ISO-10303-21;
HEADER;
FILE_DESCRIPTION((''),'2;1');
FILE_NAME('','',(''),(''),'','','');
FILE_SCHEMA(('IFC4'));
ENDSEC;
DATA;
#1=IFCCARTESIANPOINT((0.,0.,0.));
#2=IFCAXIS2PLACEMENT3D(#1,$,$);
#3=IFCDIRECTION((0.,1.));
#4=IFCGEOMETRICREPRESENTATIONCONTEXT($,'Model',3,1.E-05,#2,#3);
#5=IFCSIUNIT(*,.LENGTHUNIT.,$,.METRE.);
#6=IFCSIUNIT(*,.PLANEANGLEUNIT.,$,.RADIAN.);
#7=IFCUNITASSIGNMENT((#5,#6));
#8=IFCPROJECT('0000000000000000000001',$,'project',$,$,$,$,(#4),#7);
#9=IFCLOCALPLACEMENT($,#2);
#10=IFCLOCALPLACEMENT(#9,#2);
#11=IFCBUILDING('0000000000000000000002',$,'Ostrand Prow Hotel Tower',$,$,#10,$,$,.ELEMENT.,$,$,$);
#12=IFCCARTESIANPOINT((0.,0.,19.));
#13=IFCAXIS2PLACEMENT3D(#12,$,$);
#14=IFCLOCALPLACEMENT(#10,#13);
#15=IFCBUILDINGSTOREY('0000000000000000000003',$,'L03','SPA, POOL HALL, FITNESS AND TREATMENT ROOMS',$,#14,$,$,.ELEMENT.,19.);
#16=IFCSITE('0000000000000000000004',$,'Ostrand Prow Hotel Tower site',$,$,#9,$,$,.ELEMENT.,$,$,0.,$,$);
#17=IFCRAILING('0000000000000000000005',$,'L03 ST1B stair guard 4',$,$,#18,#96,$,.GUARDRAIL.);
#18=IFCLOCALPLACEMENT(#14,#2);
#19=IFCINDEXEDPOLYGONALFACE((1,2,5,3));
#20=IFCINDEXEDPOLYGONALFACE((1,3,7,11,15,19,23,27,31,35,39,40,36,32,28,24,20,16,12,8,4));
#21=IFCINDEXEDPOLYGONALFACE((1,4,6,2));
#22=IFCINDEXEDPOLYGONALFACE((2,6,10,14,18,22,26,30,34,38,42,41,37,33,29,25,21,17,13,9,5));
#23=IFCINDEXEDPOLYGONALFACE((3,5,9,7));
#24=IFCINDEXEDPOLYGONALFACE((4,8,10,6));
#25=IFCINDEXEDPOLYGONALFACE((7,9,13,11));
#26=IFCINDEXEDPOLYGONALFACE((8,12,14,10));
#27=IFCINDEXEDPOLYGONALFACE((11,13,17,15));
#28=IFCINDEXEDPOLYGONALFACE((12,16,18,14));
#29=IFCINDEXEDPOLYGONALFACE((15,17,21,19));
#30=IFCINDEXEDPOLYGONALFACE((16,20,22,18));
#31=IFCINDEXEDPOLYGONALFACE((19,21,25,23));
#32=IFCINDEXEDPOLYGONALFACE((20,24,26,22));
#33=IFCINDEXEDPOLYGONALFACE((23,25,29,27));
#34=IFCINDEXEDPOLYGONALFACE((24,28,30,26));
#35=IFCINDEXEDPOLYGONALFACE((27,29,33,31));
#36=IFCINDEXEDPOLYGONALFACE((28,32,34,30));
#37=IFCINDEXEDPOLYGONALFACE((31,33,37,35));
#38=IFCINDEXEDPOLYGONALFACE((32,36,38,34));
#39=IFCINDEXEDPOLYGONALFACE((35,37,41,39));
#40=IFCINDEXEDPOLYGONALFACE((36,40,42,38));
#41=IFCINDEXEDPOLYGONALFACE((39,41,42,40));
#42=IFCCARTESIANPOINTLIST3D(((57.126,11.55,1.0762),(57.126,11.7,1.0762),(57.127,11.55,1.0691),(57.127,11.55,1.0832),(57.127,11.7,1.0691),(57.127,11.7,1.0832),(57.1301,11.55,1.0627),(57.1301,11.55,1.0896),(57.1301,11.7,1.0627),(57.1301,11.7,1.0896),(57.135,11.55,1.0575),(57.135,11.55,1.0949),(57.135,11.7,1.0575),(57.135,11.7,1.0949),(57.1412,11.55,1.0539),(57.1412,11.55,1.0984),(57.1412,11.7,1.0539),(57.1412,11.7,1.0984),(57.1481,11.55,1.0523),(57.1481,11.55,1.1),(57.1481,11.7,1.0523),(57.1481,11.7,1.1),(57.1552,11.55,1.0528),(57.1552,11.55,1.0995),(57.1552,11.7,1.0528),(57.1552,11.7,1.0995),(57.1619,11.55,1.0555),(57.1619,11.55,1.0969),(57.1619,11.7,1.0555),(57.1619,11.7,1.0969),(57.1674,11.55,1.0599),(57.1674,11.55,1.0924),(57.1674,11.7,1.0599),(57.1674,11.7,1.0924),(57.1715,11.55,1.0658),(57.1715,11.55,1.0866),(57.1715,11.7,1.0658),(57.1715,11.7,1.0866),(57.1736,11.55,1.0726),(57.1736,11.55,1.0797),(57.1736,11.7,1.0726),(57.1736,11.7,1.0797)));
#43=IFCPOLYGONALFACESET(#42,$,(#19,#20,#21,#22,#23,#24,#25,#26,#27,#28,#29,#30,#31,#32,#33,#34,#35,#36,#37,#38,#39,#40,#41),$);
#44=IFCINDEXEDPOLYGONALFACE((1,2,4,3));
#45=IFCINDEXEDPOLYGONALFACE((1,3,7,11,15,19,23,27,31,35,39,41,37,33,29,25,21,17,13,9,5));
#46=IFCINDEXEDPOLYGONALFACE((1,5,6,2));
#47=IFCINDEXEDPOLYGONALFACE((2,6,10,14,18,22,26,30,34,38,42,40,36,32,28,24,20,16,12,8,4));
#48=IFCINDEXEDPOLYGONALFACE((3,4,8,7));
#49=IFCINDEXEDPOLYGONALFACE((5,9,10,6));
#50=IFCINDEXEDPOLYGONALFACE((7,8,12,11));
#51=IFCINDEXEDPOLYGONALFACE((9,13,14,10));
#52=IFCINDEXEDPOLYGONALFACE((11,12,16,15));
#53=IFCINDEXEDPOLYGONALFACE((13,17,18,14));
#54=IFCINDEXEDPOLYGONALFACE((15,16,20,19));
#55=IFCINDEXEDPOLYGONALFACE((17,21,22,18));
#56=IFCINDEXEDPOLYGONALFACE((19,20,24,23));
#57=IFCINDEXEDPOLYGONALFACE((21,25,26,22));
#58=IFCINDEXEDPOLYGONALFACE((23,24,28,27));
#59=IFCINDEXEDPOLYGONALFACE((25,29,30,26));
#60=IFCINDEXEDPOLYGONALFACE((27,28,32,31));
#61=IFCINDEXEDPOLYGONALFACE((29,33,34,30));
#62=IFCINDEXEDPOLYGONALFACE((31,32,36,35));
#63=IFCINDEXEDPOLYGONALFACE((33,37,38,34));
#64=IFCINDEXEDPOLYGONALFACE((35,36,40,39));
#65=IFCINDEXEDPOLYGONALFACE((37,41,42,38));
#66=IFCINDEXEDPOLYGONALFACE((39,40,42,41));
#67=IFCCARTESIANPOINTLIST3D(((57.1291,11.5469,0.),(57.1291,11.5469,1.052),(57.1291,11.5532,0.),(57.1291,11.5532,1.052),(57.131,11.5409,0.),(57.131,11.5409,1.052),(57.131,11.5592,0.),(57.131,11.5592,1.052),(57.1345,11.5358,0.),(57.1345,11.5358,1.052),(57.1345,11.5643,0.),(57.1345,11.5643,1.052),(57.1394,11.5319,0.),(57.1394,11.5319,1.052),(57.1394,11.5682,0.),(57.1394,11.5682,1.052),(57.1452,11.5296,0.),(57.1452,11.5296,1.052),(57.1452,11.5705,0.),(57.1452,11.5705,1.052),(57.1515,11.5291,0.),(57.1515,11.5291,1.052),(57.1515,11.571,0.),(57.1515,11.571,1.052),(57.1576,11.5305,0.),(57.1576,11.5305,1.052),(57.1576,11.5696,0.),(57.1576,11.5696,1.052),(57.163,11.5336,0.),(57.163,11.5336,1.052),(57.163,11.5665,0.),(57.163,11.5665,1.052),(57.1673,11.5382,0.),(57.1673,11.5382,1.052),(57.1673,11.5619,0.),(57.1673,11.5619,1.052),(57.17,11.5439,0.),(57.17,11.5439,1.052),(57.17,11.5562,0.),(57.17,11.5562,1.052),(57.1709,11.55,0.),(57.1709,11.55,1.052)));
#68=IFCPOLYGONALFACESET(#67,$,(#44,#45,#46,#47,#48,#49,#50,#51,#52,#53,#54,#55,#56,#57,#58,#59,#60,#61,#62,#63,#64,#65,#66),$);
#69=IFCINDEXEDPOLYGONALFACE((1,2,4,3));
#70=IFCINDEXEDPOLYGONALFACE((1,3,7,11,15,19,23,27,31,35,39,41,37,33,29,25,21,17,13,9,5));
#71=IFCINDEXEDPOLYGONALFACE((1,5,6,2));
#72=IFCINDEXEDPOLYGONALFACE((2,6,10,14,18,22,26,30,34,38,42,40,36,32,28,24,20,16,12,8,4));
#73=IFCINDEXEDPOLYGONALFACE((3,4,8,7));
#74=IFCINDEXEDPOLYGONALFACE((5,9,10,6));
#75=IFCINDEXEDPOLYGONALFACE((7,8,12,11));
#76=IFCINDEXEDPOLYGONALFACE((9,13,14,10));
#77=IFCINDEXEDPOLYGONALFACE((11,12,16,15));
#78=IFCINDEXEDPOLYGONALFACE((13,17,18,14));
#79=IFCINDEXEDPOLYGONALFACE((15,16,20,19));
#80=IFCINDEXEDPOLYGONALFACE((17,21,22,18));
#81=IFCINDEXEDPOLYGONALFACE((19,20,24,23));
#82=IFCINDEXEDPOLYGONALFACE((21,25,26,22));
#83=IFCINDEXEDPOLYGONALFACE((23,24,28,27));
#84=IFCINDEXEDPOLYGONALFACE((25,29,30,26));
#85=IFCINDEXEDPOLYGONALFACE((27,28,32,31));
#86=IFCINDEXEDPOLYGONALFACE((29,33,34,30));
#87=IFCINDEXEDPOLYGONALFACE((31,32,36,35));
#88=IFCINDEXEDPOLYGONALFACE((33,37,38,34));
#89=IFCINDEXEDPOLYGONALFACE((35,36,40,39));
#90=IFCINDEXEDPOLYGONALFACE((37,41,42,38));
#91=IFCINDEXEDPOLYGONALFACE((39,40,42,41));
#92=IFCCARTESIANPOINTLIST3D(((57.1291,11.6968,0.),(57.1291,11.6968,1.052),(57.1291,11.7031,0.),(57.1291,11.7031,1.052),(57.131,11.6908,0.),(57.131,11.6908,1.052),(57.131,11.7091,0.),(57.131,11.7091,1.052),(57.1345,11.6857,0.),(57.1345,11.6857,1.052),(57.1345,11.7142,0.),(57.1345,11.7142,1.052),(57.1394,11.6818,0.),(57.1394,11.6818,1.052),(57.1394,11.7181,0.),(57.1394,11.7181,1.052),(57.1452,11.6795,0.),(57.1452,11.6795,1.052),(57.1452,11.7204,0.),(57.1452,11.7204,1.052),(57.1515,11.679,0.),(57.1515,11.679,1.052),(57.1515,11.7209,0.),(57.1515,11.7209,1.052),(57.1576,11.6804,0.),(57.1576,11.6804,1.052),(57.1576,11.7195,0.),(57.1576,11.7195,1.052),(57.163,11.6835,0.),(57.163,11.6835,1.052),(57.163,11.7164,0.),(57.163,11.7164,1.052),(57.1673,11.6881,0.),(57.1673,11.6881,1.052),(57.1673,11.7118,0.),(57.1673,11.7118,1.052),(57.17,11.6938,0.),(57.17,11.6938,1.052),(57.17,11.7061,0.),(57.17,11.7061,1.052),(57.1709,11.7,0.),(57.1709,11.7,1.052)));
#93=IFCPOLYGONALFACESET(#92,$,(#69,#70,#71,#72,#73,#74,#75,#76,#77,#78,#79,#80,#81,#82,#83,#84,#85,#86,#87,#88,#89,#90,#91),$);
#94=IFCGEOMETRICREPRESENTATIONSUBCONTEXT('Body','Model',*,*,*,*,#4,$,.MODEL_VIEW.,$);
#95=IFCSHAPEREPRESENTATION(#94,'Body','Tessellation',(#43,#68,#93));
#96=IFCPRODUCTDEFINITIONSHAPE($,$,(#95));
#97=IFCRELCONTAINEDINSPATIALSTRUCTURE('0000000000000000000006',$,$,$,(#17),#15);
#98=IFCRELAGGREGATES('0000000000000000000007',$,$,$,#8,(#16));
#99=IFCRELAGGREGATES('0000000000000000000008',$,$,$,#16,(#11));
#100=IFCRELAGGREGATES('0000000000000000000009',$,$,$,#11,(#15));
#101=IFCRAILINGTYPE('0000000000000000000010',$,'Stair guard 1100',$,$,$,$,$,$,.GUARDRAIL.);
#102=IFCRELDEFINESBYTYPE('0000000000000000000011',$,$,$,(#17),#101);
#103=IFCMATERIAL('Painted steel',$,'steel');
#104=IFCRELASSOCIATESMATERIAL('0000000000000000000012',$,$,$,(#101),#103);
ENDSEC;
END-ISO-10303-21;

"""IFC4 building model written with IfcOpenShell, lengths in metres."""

from ifc_helpers import new_model, si_unit, direction, frame, origin, origin_2d, place, context, subcontext, project, spatial, circle, extrude, material, type_object, element, save


model = new_model("IFC4")

# Units and contexts
model_context = context("Model", 3, precision=1e-05, world=origin(), true_north=direction((0.0, 1.0)))
body_context = subcontext(model_context, "Body", "Model", "MODEL_VIEW")
ifc_project = project(units=[si_unit("LENGTHUNIT", "METRE"), si_unit("PLANEANGLEUNIT", "RADIAN")], contexts=[model_context])

# Site, building, storey
site_placement = place(None, origin())
site = spatial("IfcSite", under=ifc_project, at=site_placement, Name="Ostrand Prow Hotel Tower site", CompositionType="ELEMENT", RefElevation=0.0)
building_placement = place(site_placement, origin())
building = spatial("IfcBuilding", under=site, at=building_placement, Name="Ostrand Prow Hotel Tower", CompositionType="ELEMENT")
storey_placement = place(building_placement, frame((0.0, 0.0, 19.0)))
storey = spatial("IfcBuildingStorey", under=building, at=storey_placement, Name="L03", Description="SPA, POOL HALL, FITNESS AND TREATMENT ROOMS", CompositionType="ELEMENT", Elevation=19.0)

# Railing
ifc_material_1 = material(Name="Painted steel", Category="steel")
railing_type_1 = type_object("IfcRailingType", Name="Stair guard 1100", PredefinedType="GUARDRAIL", material=ifc_material_1)
railing_1_placement = place(storey_placement, frame((57.1499, 11.55, 0.0)))
element("IfcRailing", 1, at=railing_1_placement, inside=storey, type_object=railing_type_1, Name="L03 ST1B stair guard 4", PredefinedType="GUARDRAIL", context=body_context, shape_type="SweptSolid", body=[
    extrude(circle(Radius=0.0239, at=origin_2d()), frame((0.0, 0.0, 1.0762), z_axis=(0.0, 1.0, 0.0), x_axis=(-1.0, 0.0, 0.0)), (0.0, 0.0, 1.0), 0.1499),
    extrude(circle(Radius=0.021, at=origin_2d()), origin(), (0.0, 0.0, 1.0), 1.052),
    extrude(circle(Radius=0.021, at=origin_2d()), frame((0.0, 0.1499, 0.0)), (0.0, 0.0, 1.0), 1.052),
])

save(model, "model.ifc")
